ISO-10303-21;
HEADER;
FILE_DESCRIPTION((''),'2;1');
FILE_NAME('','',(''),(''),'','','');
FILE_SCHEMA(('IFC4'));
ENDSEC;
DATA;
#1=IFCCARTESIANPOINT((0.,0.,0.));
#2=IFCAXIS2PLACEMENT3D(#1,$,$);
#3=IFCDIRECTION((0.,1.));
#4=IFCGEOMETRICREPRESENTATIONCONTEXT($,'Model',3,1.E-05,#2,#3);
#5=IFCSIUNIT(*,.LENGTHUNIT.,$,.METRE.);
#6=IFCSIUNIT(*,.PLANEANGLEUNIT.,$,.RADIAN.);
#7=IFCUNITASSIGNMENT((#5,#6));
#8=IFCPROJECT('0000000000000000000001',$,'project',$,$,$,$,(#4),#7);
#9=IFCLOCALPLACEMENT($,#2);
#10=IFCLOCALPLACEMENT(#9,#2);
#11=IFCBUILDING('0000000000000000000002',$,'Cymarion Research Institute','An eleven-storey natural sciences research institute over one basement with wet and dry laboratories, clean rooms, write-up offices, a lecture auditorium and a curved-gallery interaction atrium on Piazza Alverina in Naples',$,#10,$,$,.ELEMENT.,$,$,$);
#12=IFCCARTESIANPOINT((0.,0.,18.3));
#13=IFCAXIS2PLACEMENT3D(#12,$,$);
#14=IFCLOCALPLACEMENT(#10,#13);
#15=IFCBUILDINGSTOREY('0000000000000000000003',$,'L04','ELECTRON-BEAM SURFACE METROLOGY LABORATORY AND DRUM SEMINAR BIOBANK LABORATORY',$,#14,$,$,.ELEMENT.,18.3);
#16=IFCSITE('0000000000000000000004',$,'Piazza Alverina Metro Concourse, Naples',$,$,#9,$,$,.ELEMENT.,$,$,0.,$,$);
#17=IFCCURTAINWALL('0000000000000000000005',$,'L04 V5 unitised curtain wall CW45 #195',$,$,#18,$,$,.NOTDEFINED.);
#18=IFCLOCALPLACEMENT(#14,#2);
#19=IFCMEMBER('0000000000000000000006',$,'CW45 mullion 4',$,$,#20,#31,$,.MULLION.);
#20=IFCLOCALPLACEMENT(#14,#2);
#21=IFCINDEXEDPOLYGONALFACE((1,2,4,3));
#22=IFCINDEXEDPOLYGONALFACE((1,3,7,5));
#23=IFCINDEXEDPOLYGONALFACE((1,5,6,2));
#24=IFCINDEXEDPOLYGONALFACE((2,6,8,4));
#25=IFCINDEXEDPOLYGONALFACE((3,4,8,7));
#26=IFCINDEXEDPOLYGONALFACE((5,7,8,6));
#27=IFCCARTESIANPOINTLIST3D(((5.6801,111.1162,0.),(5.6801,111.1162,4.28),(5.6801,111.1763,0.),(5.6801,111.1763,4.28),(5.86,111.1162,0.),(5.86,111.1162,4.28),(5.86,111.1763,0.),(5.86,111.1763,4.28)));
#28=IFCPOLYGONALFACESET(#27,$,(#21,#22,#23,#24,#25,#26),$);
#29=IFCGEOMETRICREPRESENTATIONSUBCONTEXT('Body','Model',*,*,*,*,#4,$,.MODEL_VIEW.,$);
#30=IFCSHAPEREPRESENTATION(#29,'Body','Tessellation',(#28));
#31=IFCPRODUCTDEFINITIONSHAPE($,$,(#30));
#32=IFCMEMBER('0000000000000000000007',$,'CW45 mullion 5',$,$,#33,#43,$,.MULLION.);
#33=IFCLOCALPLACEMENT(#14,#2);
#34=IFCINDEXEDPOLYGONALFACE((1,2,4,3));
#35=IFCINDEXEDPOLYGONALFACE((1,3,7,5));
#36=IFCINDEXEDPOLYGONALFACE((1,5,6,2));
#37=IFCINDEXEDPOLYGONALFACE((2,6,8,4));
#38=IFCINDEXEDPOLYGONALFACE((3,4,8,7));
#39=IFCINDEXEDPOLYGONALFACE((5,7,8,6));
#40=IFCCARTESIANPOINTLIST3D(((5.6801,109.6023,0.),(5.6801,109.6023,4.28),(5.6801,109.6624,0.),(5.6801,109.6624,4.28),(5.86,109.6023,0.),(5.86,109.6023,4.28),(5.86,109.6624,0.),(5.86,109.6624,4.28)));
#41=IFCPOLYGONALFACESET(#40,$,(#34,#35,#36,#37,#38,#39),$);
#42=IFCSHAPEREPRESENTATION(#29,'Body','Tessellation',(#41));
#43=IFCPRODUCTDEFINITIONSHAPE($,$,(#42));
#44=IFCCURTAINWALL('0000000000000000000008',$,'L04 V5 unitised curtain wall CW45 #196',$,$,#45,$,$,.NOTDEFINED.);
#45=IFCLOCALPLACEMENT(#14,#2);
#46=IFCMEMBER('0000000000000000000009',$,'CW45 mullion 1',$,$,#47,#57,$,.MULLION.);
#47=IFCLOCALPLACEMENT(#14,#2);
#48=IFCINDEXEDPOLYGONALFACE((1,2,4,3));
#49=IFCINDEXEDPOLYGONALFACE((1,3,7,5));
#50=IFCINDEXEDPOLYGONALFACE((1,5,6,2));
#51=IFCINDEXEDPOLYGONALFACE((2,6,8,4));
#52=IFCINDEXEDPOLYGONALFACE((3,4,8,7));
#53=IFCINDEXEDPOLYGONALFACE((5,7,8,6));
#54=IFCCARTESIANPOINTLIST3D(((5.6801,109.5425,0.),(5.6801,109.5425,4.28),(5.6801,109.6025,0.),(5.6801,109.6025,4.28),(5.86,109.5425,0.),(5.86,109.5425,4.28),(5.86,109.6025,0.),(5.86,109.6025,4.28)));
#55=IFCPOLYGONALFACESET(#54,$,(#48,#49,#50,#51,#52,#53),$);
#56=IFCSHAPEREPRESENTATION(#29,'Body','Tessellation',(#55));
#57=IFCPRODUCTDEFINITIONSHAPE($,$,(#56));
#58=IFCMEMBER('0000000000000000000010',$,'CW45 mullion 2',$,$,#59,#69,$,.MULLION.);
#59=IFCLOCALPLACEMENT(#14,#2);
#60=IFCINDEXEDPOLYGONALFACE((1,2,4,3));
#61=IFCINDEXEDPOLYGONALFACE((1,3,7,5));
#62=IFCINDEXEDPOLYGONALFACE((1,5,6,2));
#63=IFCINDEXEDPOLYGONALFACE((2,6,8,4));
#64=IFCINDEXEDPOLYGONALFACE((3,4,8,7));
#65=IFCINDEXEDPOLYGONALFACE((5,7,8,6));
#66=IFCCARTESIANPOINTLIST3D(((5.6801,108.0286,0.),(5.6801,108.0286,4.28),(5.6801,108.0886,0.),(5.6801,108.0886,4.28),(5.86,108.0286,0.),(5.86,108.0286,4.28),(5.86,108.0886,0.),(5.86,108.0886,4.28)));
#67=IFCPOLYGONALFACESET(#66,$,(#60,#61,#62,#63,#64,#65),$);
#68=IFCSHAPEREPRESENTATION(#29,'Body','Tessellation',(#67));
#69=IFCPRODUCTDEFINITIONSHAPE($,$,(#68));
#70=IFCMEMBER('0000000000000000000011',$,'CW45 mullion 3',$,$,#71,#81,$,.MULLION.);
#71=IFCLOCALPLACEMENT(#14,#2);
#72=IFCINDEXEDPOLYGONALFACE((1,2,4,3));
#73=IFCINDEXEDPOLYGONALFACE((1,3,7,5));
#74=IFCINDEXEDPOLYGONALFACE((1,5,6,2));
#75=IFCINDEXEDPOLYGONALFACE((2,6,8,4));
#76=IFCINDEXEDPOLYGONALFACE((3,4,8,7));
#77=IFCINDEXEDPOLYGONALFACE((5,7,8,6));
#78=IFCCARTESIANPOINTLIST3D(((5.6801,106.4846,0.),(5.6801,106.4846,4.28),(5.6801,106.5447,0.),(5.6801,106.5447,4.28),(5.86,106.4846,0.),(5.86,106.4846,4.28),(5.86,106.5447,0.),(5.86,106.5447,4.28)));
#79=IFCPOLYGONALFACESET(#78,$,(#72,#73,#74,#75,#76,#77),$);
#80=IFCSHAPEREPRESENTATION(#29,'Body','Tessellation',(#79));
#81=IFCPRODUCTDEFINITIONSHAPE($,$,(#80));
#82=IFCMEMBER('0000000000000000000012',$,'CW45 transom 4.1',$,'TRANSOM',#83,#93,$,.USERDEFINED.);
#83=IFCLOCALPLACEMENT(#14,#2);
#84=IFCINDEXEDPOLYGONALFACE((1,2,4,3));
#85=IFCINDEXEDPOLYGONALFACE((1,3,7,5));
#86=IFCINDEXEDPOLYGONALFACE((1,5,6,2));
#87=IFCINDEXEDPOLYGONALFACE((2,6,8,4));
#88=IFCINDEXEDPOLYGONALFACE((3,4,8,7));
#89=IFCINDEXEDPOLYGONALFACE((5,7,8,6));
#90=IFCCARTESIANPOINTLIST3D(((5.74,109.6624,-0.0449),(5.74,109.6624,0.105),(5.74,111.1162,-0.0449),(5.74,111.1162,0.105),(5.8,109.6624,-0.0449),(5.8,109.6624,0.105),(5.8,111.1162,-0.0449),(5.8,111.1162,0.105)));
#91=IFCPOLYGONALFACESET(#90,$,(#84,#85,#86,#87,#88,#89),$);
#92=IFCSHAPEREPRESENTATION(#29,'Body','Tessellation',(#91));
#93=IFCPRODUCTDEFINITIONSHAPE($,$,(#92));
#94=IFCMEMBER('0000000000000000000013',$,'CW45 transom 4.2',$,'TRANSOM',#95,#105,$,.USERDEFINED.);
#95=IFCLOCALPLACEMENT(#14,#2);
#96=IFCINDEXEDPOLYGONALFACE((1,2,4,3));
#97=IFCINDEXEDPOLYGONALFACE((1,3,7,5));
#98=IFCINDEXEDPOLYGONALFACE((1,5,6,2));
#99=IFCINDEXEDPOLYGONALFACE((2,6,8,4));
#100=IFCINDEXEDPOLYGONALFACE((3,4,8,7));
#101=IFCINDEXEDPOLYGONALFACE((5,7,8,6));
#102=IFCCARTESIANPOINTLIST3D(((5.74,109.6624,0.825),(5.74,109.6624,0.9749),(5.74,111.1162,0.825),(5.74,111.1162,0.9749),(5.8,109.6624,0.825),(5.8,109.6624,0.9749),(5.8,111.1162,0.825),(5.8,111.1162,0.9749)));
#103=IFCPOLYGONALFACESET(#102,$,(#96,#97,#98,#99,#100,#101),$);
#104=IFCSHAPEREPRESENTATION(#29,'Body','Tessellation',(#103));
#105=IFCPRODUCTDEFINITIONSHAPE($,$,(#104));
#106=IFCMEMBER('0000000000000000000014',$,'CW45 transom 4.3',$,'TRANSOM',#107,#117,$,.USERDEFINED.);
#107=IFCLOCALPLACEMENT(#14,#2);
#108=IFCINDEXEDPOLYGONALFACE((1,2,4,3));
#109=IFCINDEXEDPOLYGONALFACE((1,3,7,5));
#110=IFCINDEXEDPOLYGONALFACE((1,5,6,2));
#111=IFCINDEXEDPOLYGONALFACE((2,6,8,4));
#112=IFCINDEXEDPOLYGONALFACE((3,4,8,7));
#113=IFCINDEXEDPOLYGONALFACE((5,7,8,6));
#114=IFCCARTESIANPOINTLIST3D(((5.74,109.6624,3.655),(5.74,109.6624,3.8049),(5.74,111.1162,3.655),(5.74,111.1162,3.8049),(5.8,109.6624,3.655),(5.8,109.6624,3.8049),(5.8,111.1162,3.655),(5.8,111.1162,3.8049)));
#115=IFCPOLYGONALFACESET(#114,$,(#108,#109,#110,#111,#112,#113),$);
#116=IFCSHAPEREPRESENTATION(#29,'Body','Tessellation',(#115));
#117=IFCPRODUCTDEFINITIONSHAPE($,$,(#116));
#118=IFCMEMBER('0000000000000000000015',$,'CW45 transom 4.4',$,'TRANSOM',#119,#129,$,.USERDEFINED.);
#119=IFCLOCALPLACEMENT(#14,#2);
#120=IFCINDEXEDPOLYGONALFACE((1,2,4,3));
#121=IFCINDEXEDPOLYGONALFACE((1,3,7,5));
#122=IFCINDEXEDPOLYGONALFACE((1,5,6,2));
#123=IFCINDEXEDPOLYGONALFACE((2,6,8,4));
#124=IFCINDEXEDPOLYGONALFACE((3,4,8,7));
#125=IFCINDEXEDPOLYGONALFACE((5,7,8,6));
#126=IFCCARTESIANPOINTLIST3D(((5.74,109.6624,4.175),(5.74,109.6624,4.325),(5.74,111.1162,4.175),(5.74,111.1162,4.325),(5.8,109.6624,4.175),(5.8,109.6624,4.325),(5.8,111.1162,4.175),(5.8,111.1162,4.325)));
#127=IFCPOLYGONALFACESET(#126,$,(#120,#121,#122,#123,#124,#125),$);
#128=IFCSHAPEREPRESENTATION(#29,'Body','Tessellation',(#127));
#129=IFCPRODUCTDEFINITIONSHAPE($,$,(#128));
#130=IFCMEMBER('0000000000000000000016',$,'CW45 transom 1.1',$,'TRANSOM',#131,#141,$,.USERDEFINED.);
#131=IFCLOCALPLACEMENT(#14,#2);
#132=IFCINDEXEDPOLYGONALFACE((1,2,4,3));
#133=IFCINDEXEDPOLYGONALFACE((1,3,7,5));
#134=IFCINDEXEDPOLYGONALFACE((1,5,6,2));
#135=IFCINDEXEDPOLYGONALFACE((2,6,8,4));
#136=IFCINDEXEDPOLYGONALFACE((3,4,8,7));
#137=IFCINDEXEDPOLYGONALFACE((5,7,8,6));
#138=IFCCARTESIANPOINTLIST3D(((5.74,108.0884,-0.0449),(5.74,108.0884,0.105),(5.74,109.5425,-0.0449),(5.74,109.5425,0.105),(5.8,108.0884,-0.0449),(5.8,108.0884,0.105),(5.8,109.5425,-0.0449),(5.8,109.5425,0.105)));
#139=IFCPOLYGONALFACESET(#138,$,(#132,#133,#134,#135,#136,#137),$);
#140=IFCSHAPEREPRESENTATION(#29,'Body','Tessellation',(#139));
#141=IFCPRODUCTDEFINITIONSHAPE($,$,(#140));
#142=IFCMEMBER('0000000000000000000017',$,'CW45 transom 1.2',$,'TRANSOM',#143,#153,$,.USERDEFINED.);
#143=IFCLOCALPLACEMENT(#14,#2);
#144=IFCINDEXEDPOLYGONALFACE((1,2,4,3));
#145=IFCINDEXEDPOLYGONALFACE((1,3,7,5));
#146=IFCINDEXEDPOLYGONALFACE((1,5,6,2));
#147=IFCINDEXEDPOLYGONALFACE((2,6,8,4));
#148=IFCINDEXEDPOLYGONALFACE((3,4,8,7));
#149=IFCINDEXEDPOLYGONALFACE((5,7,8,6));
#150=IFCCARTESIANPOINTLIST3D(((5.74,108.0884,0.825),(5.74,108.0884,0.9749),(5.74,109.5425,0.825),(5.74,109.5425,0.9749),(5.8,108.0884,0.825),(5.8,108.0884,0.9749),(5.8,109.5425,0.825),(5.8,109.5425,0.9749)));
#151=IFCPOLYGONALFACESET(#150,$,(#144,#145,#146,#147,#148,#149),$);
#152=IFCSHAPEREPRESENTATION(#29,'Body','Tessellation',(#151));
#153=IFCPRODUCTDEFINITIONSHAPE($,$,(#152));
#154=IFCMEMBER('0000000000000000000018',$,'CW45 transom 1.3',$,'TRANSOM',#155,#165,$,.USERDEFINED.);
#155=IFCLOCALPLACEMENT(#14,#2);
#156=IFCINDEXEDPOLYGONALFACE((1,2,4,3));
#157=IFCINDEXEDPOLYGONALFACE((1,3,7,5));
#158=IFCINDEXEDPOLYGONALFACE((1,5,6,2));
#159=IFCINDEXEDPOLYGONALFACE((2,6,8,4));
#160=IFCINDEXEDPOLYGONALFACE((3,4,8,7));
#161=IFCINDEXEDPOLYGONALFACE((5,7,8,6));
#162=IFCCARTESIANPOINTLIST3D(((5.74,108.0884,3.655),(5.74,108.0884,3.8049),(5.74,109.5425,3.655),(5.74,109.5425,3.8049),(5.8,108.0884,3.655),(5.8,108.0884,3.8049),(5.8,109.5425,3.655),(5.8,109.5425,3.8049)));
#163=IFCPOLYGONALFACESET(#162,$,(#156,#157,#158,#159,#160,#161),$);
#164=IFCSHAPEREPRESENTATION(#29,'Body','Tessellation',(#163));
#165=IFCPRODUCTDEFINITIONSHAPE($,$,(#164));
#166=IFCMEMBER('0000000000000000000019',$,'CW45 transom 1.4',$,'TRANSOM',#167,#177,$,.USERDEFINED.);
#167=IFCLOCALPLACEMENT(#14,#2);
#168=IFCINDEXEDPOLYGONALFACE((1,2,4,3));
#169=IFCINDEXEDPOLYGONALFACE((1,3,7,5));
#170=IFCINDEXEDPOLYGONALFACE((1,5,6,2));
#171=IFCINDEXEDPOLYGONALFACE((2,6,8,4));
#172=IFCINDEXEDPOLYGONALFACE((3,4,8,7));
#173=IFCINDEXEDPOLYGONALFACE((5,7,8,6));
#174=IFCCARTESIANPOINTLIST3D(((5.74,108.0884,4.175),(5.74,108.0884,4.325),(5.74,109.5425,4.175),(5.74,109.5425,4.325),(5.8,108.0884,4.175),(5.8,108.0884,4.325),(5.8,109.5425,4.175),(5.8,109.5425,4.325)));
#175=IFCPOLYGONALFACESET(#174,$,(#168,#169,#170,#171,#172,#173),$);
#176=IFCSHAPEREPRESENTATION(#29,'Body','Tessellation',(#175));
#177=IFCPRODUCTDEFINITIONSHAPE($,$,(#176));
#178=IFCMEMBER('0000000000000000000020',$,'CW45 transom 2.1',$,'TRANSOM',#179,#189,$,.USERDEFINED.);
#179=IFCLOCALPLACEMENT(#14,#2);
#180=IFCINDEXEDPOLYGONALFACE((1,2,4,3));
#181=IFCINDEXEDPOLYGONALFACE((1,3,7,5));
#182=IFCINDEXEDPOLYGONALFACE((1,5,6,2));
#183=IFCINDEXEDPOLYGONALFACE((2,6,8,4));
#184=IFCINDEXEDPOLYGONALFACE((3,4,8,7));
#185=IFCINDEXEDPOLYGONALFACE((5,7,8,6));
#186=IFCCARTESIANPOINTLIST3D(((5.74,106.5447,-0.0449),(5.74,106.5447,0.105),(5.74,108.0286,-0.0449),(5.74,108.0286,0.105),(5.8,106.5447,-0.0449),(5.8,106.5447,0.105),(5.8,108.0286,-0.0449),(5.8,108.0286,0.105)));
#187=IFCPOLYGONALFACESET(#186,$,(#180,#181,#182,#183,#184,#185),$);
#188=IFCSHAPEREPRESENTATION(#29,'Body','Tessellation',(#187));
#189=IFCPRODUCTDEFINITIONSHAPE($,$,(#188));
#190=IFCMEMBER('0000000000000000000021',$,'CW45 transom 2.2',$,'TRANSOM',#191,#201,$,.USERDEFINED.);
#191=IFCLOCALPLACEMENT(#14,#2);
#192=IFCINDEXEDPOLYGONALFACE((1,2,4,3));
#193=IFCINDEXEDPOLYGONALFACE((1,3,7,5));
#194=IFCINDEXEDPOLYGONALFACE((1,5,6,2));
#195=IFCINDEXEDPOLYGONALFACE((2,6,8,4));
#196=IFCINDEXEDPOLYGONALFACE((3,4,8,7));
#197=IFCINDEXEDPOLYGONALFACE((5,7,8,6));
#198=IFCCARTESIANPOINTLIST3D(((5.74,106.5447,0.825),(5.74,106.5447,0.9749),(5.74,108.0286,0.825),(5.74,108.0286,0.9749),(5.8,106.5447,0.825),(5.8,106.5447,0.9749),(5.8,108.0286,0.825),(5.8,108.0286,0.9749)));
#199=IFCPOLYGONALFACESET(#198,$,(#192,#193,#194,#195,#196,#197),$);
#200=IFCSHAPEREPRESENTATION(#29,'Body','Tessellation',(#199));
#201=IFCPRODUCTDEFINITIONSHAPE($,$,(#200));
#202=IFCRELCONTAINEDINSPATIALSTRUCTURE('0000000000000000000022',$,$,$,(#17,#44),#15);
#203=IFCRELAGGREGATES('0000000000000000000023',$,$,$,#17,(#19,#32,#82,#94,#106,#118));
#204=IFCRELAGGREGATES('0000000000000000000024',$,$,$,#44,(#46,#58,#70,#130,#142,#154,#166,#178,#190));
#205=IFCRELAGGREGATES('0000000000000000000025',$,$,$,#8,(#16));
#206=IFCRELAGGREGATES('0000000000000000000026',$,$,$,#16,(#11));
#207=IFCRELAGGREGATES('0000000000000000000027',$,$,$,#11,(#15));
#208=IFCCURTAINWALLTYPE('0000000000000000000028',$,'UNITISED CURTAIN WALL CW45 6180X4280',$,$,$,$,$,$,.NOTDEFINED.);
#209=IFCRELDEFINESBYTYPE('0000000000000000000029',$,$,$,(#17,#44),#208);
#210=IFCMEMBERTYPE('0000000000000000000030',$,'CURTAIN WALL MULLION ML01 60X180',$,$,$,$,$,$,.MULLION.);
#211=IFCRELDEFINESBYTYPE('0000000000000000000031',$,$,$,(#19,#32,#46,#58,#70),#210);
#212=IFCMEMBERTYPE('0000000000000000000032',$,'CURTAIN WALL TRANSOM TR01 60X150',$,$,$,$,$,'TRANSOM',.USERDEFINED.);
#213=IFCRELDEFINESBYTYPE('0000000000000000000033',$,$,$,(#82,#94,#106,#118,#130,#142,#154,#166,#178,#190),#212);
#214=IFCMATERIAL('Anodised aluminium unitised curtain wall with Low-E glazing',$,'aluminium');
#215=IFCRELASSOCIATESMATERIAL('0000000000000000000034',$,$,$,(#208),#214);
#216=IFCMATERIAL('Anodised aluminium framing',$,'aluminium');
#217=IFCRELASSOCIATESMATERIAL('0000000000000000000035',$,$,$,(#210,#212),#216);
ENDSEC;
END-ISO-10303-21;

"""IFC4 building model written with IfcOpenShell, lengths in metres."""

from ifc_helpers import new_model, si_unit, direction, frame, origin, origin_2d, place, context, subcontext, project, spatial, rectangle, extrude, material, material_profile, profile_set, type_object, element, aggregate, save


model = new_model("IFC4")

# Units and contexts
model_context = context("Model", 3, precision=1e-05, world=origin(), true_north=direction((0.0, 1.0)))
body_context = subcontext(model_context, "Body", "Model", "MODEL_VIEW")
ifc_project = project(units=[si_unit("LENGTHUNIT", "METRE"), si_unit("PLANEANGLEUNIT", "RADIAN")], contexts=[model_context])

# Site, building, storey
site_placement = place(None, origin())
site = spatial("IfcSite", under=ifc_project, at=site_placement, Name="Piazza Alverina Metro Concourse, Naples", CompositionType="ELEMENT", RefElevation=0.0)
building_placement = place(site_placement, origin())
building = spatial("IfcBuilding", under=site, at=building_placement, Name="Cymarion Research Institute", Description="An eleven-storey natural sciences research institute over one basement with wet and dry laboratories, clean rooms, write-up offices, a lecture auditorium and a curved-gallery interaction atrium on Piazza Alverina in Naples", CompositionType="ELEMENT")
storey_placement = place(building_placement, frame((0.0, 0.0, 18.3)))
storey = spatial("IfcBuildingStorey", under=building, at=storey_placement, Name="L04", Description="ELECTRON-BEAM SURFACE METROLOGY LABORATORY AND DRUM SEMINAR BIOBANK LABORATORY", CompositionType="ELEMENT", Elevation=18.3)

# Curtain walls, members
ifc_material_1 = material(Name="Anodised aluminium unitised curtain wall with Low-E glazing", Category="aluminium")
curtain_wall_type = type_object("IfcCurtainWallType", Name="UNITISED CURTAIN WALL CW45 6180X4280", PredefinedType="NOTDEFINED", material=ifc_material_1)
curtain_wall_1_placement = place(storey_placement, origin())
curtain_wall_1 = element("IfcCurtainWall", 1, at=curtain_wall_1_placement, inside=storey, type_object=curtain_wall_type, Name="L04 V5 unitised curtain wall CW45 #195", PredefinedType="NOTDEFINED")
ifc_material_2 = material(Name="Anodised aluminium framing", Category="aluminium")
ifc_material_profile_1 = material_profile(ifc_material_2, rectangle(XDim=0.0601, YDim=0.1799, at=origin_2d()), Name="ALU MULLION 60x180")
ifc_profile_set_1 = profile_set([ifc_material_profile_1], Name="Anodised aluminium framing")
member_type_1 = type_object("IfcMemberType", Name="CURTAIN WALL MULLION ML01 60X180", PredefinedType="MULLION", material=ifc_profile_set_1)
member_1_placement = place(storey_placement, frame((5.77, 111.1462, 0.0), z_axis=(0.0, 0.0, 1.0), x_axis=(0.0, -1.0, 0.0)))
member_1 = element("IfcMember", 2, at=member_1_placement, type_object=member_type_1, Name="CW45 mullion 4", PredefinedType="MULLION", context=body_context, shape_type="SweptSolid", body=[
    extrude(rectangle(XDim=0.0601, YDim=0.1799, at=origin_2d()), origin(), (0.0, 0.0, 1.0), 4.28),
])
member_2_placement = place(storey_placement, frame((5.77, 109.6323, 0.0), z_axis=(0.0, 0.0, 1.0), x_axis=(0.0, -1.0, 0.0)))
member_2 = element("IfcMember", 3, at=member_2_placement, type_object=member_type_1, Name="CW45 mullion 5", PredefinedType="MULLION", context=body_context, shape_type="SweptSolid", body=[
    extrude(rectangle(XDim=0.0601, YDim=0.1799, at=origin_2d()), origin(), (0.0, 0.0, 1.0), 4.28),
])
curtain_wall_2_placement = place(storey_placement, origin())
curtain_wall_2 = element("IfcCurtainWall", 4, at=curtain_wall_2_placement, inside=storey, type_object=curtain_wall_type, Name="L04 V5 unitised curtain wall CW45 #196", PredefinedType="NOTDEFINED")
member_3_placement = place(storey_placement, frame((5.77, 109.5725, 0.0), z_axis=(0.0, 0.0, 1.0), x_axis=(0.0, -1.0, 0.0)))
member_3 = element("IfcMember", 5, at=member_3_placement, type_object=member_type_1, Name="CW45 mullion 1", PredefinedType="MULLION", context=body_context, shape_type="SweptSolid", body=[
    extrude(rectangle(XDim=0.0601, YDim=0.1799, at=origin_2d()), origin(), (0.0, 0.0, 1.0), 4.28),
])
member_4_placement = place(storey_placement, frame((5.77, 108.0586, 0.0), z_axis=(0.0, 0.0, 1.0), x_axis=(0.0, -1.0, 0.0)))
member_4 = element("IfcMember", 6, at=member_4_placement, type_object=member_type_1, Name="CW45 mullion 2", PredefinedType="MULLION", context=body_context, shape_type="SweptSolid", body=[
    extrude(rectangle(XDim=0.0601, YDim=0.1799, at=origin_2d()), origin(), (0.0, 0.0, 1.0), 4.28),
])
member_5_placement = place(storey_placement, frame((5.77, 106.5146, 0.0), z_axis=(0.0, 0.0, 1.0), x_axis=(0.0, -1.0, 0.0)))
member_5 = element("IfcMember", 7, at=member_5_placement, type_object=member_type_1, Name="CW45 mullion 3", PredefinedType="MULLION", context=body_context, shape_type="SweptSolid", body=[
    extrude(rectangle(XDim=0.0601, YDim=0.1799, at=origin_2d()), origin(), (0.0, 0.0, 1.0), 4.28),
])

# Members
ifc_material_profile_2 = material_profile(ifc_material_2, rectangle(XDim=0.0601, YDim=0.1499, at=origin_2d()), Name="ALU TRANSOM 60x150")
ifc_profile_set_2 = profile_set([ifc_material_profile_2], Name="Anodised aluminium framing")
member_type_2 = type_object("IfcMemberType", Name="CURTAIN WALL TRANSOM TR01 60X150", ElementType="TRANSOM", PredefinedType="USERDEFINED", material=ifc_profile_set_2)
member_6_placement = place(storey_placement, frame((5.77, 111.1162, 0.03), z_axis=(0.0, -1.0, 0.0), x_axis=(1.0, 0.0, 0.0)))
member_6 = element("IfcMember", 8, at=member_6_placement, type_object=member_type_2, Name="CW45 transom 4.1", ObjectType="TRANSOM", PredefinedType="USERDEFINED", context=body_context, shape_type="SweptSolid", body=[
    extrude(rectangle(XDim=0.0601, YDim=0.1499, at=origin_2d()), origin(), (0.0, 0.0, 1.0), 1.4539),
])
member_7_placement = place(storey_placement, frame((5.77, 111.1162, 0.8999), z_axis=(0.0, -1.0, 0.0), x_axis=(1.0, 0.0, 0.0)))
member_7 = element("IfcMember", 9, at=member_7_placement, type_object=member_type_2, Name="CW45 transom 4.2", ObjectType="TRANSOM", PredefinedType="USERDEFINED", context=body_context, shape_type="SweptSolid", body=[
    extrude(rectangle(XDim=0.0601, YDim=0.1499, at=origin_2d()), origin(), (0.0, 0.0, 1.0), 1.4539),
])
member_8_placement = place(storey_placement, frame((5.77, 111.1162, 3.73), z_axis=(0.0, -1.0, 0.0), x_axis=(1.0, 0.0, 0.0)))
member_8 = element("IfcMember", 10, at=member_8_placement, type_object=member_type_2, Name="CW45 transom 4.3", ObjectType="TRANSOM", PredefinedType="USERDEFINED", context=body_context, shape_type="SweptSolid", body=[
    extrude(rectangle(XDim=0.0601, YDim=0.1499, at=origin_2d()), origin(), (0.0, 0.0, 1.0), 1.4539),
])
member_9_placement = place(storey_placement, frame((5.77, 111.1162, 4.25), z_axis=(0.0, -1.0, 0.0), x_axis=(1.0, 0.0, 0.0)))
member_9 = element("IfcMember", 11, at=member_9_placement, type_object=member_type_2, Name="CW45 transom 4.4", ObjectType="TRANSOM", PredefinedType="USERDEFINED", context=body_context, shape_type="SweptSolid", body=[
    extrude(rectangle(XDim=0.0601, YDim=0.1499, at=origin_2d()), origin(), (0.0, 0.0, 1.0), 1.4539),
])
member_10_placement = place(storey_placement, frame((5.77, 109.5425, 0.03), z_axis=(0.0, -1.0, 0.0), x_axis=(1.0, 0.0, 0.0)))
member_10 = element("IfcMember", 12, at=member_10_placement, type_object=member_type_2, Name="CW45 transom 1.1", ObjectType="TRANSOM", PredefinedType="USERDEFINED", context=body_context, shape_type="SweptSolid", body=[
    extrude(rectangle(XDim=0.0601, YDim=0.1499, at=origin_2d()), origin(), (0.0, 0.0, 1.0), 1.4541),
])
member_11_placement = place(storey_placement, frame((5.77, 109.5425, 0.8999), z_axis=(0.0, -1.0, 0.0), x_axis=(1.0, 0.0, 0.0)))
member_11 = element("IfcMember", 13, at=member_11_placement, type_object=member_type_2, Name="CW45 transom 1.2", ObjectType="TRANSOM", PredefinedType="USERDEFINED", context=body_context, shape_type="SweptSolid", body=[
    extrude(rectangle(XDim=0.0601, YDim=0.1499, at=origin_2d()), origin(), (0.0, 0.0, 1.0), 1.4541),
])
member_12_placement = place(storey_placement, frame((5.77, 109.5425, 3.73), z_axis=(0.0, -1.0, 0.0), x_axis=(1.0, 0.0, 0.0)))
member_12 = element("IfcMember", 14, at=member_12_placement, type_object=member_type_2, Name="CW45 transom 1.3", ObjectType="TRANSOM", PredefinedType="USERDEFINED", context=body_context, shape_type="SweptSolid", body=[
    extrude(rectangle(XDim=0.0601, YDim=0.1499, at=origin_2d()), origin(), (0.0, 0.0, 1.0), 1.4541),
])
member_13_placement = place(storey_placement, frame((5.77, 109.5425, 4.25), z_axis=(0.0, -1.0, 0.0), x_axis=(1.0, 0.0, 0.0)))
member_13 = element("IfcMember", 15, at=member_13_placement, type_object=member_type_2, Name="CW45 transom 1.4", ObjectType="TRANSOM", PredefinedType="USERDEFINED", context=body_context, shape_type="SweptSolid", body=[
    extrude(rectangle(XDim=0.0601, YDim=0.1499, at=origin_2d()), origin(), (0.0, 0.0, 1.0), 1.4541),
])
member_14_placement = place(storey_placement, frame((5.77, 108.0286, 0.03), z_axis=(0.0, -1.0, 0.0), x_axis=(1.0, 0.0, 0.0)))
member_14 = element("IfcMember", 16, at=member_14_placement, type_object=member_type_2, Name="CW45 transom 2.1", ObjectType="TRANSOM", PredefinedType="USERDEFINED", context=body_context, shape_type="SweptSolid", body=[
    extrude(rectangle(XDim=0.0601, YDim=0.1499, at=origin_2d()), origin(), (0.0, 0.0, 1.0), 1.4839),
])
member_15_placement = place(storey_placement, frame((5.77, 108.0286, 0.8999), z_axis=(0.0, -1.0, 0.0), x_axis=(1.0, 0.0, 0.0)))
member_15 = element("IfcMember", 17, at=member_15_placement, type_object=member_type_2, Name="CW45 transom 2.2", ObjectType="TRANSOM", PredefinedType="USERDEFINED", context=body_context, shape_type="SweptSolid", body=[
    extrude(rectangle(XDim=0.0601, YDim=0.1499, at=origin_2d()), origin(), (0.0, 0.0, 1.0), 1.4839),
])

aggregate(curtain_wall_1, [member_1, member_2, member_6, member_7, member_8, member_9])
aggregate(curtain_wall_2, [member_3, member_4, member_5, member_10, member_11, member_12, member_13, member_14, member_15])

save(model, "model.ifc")
